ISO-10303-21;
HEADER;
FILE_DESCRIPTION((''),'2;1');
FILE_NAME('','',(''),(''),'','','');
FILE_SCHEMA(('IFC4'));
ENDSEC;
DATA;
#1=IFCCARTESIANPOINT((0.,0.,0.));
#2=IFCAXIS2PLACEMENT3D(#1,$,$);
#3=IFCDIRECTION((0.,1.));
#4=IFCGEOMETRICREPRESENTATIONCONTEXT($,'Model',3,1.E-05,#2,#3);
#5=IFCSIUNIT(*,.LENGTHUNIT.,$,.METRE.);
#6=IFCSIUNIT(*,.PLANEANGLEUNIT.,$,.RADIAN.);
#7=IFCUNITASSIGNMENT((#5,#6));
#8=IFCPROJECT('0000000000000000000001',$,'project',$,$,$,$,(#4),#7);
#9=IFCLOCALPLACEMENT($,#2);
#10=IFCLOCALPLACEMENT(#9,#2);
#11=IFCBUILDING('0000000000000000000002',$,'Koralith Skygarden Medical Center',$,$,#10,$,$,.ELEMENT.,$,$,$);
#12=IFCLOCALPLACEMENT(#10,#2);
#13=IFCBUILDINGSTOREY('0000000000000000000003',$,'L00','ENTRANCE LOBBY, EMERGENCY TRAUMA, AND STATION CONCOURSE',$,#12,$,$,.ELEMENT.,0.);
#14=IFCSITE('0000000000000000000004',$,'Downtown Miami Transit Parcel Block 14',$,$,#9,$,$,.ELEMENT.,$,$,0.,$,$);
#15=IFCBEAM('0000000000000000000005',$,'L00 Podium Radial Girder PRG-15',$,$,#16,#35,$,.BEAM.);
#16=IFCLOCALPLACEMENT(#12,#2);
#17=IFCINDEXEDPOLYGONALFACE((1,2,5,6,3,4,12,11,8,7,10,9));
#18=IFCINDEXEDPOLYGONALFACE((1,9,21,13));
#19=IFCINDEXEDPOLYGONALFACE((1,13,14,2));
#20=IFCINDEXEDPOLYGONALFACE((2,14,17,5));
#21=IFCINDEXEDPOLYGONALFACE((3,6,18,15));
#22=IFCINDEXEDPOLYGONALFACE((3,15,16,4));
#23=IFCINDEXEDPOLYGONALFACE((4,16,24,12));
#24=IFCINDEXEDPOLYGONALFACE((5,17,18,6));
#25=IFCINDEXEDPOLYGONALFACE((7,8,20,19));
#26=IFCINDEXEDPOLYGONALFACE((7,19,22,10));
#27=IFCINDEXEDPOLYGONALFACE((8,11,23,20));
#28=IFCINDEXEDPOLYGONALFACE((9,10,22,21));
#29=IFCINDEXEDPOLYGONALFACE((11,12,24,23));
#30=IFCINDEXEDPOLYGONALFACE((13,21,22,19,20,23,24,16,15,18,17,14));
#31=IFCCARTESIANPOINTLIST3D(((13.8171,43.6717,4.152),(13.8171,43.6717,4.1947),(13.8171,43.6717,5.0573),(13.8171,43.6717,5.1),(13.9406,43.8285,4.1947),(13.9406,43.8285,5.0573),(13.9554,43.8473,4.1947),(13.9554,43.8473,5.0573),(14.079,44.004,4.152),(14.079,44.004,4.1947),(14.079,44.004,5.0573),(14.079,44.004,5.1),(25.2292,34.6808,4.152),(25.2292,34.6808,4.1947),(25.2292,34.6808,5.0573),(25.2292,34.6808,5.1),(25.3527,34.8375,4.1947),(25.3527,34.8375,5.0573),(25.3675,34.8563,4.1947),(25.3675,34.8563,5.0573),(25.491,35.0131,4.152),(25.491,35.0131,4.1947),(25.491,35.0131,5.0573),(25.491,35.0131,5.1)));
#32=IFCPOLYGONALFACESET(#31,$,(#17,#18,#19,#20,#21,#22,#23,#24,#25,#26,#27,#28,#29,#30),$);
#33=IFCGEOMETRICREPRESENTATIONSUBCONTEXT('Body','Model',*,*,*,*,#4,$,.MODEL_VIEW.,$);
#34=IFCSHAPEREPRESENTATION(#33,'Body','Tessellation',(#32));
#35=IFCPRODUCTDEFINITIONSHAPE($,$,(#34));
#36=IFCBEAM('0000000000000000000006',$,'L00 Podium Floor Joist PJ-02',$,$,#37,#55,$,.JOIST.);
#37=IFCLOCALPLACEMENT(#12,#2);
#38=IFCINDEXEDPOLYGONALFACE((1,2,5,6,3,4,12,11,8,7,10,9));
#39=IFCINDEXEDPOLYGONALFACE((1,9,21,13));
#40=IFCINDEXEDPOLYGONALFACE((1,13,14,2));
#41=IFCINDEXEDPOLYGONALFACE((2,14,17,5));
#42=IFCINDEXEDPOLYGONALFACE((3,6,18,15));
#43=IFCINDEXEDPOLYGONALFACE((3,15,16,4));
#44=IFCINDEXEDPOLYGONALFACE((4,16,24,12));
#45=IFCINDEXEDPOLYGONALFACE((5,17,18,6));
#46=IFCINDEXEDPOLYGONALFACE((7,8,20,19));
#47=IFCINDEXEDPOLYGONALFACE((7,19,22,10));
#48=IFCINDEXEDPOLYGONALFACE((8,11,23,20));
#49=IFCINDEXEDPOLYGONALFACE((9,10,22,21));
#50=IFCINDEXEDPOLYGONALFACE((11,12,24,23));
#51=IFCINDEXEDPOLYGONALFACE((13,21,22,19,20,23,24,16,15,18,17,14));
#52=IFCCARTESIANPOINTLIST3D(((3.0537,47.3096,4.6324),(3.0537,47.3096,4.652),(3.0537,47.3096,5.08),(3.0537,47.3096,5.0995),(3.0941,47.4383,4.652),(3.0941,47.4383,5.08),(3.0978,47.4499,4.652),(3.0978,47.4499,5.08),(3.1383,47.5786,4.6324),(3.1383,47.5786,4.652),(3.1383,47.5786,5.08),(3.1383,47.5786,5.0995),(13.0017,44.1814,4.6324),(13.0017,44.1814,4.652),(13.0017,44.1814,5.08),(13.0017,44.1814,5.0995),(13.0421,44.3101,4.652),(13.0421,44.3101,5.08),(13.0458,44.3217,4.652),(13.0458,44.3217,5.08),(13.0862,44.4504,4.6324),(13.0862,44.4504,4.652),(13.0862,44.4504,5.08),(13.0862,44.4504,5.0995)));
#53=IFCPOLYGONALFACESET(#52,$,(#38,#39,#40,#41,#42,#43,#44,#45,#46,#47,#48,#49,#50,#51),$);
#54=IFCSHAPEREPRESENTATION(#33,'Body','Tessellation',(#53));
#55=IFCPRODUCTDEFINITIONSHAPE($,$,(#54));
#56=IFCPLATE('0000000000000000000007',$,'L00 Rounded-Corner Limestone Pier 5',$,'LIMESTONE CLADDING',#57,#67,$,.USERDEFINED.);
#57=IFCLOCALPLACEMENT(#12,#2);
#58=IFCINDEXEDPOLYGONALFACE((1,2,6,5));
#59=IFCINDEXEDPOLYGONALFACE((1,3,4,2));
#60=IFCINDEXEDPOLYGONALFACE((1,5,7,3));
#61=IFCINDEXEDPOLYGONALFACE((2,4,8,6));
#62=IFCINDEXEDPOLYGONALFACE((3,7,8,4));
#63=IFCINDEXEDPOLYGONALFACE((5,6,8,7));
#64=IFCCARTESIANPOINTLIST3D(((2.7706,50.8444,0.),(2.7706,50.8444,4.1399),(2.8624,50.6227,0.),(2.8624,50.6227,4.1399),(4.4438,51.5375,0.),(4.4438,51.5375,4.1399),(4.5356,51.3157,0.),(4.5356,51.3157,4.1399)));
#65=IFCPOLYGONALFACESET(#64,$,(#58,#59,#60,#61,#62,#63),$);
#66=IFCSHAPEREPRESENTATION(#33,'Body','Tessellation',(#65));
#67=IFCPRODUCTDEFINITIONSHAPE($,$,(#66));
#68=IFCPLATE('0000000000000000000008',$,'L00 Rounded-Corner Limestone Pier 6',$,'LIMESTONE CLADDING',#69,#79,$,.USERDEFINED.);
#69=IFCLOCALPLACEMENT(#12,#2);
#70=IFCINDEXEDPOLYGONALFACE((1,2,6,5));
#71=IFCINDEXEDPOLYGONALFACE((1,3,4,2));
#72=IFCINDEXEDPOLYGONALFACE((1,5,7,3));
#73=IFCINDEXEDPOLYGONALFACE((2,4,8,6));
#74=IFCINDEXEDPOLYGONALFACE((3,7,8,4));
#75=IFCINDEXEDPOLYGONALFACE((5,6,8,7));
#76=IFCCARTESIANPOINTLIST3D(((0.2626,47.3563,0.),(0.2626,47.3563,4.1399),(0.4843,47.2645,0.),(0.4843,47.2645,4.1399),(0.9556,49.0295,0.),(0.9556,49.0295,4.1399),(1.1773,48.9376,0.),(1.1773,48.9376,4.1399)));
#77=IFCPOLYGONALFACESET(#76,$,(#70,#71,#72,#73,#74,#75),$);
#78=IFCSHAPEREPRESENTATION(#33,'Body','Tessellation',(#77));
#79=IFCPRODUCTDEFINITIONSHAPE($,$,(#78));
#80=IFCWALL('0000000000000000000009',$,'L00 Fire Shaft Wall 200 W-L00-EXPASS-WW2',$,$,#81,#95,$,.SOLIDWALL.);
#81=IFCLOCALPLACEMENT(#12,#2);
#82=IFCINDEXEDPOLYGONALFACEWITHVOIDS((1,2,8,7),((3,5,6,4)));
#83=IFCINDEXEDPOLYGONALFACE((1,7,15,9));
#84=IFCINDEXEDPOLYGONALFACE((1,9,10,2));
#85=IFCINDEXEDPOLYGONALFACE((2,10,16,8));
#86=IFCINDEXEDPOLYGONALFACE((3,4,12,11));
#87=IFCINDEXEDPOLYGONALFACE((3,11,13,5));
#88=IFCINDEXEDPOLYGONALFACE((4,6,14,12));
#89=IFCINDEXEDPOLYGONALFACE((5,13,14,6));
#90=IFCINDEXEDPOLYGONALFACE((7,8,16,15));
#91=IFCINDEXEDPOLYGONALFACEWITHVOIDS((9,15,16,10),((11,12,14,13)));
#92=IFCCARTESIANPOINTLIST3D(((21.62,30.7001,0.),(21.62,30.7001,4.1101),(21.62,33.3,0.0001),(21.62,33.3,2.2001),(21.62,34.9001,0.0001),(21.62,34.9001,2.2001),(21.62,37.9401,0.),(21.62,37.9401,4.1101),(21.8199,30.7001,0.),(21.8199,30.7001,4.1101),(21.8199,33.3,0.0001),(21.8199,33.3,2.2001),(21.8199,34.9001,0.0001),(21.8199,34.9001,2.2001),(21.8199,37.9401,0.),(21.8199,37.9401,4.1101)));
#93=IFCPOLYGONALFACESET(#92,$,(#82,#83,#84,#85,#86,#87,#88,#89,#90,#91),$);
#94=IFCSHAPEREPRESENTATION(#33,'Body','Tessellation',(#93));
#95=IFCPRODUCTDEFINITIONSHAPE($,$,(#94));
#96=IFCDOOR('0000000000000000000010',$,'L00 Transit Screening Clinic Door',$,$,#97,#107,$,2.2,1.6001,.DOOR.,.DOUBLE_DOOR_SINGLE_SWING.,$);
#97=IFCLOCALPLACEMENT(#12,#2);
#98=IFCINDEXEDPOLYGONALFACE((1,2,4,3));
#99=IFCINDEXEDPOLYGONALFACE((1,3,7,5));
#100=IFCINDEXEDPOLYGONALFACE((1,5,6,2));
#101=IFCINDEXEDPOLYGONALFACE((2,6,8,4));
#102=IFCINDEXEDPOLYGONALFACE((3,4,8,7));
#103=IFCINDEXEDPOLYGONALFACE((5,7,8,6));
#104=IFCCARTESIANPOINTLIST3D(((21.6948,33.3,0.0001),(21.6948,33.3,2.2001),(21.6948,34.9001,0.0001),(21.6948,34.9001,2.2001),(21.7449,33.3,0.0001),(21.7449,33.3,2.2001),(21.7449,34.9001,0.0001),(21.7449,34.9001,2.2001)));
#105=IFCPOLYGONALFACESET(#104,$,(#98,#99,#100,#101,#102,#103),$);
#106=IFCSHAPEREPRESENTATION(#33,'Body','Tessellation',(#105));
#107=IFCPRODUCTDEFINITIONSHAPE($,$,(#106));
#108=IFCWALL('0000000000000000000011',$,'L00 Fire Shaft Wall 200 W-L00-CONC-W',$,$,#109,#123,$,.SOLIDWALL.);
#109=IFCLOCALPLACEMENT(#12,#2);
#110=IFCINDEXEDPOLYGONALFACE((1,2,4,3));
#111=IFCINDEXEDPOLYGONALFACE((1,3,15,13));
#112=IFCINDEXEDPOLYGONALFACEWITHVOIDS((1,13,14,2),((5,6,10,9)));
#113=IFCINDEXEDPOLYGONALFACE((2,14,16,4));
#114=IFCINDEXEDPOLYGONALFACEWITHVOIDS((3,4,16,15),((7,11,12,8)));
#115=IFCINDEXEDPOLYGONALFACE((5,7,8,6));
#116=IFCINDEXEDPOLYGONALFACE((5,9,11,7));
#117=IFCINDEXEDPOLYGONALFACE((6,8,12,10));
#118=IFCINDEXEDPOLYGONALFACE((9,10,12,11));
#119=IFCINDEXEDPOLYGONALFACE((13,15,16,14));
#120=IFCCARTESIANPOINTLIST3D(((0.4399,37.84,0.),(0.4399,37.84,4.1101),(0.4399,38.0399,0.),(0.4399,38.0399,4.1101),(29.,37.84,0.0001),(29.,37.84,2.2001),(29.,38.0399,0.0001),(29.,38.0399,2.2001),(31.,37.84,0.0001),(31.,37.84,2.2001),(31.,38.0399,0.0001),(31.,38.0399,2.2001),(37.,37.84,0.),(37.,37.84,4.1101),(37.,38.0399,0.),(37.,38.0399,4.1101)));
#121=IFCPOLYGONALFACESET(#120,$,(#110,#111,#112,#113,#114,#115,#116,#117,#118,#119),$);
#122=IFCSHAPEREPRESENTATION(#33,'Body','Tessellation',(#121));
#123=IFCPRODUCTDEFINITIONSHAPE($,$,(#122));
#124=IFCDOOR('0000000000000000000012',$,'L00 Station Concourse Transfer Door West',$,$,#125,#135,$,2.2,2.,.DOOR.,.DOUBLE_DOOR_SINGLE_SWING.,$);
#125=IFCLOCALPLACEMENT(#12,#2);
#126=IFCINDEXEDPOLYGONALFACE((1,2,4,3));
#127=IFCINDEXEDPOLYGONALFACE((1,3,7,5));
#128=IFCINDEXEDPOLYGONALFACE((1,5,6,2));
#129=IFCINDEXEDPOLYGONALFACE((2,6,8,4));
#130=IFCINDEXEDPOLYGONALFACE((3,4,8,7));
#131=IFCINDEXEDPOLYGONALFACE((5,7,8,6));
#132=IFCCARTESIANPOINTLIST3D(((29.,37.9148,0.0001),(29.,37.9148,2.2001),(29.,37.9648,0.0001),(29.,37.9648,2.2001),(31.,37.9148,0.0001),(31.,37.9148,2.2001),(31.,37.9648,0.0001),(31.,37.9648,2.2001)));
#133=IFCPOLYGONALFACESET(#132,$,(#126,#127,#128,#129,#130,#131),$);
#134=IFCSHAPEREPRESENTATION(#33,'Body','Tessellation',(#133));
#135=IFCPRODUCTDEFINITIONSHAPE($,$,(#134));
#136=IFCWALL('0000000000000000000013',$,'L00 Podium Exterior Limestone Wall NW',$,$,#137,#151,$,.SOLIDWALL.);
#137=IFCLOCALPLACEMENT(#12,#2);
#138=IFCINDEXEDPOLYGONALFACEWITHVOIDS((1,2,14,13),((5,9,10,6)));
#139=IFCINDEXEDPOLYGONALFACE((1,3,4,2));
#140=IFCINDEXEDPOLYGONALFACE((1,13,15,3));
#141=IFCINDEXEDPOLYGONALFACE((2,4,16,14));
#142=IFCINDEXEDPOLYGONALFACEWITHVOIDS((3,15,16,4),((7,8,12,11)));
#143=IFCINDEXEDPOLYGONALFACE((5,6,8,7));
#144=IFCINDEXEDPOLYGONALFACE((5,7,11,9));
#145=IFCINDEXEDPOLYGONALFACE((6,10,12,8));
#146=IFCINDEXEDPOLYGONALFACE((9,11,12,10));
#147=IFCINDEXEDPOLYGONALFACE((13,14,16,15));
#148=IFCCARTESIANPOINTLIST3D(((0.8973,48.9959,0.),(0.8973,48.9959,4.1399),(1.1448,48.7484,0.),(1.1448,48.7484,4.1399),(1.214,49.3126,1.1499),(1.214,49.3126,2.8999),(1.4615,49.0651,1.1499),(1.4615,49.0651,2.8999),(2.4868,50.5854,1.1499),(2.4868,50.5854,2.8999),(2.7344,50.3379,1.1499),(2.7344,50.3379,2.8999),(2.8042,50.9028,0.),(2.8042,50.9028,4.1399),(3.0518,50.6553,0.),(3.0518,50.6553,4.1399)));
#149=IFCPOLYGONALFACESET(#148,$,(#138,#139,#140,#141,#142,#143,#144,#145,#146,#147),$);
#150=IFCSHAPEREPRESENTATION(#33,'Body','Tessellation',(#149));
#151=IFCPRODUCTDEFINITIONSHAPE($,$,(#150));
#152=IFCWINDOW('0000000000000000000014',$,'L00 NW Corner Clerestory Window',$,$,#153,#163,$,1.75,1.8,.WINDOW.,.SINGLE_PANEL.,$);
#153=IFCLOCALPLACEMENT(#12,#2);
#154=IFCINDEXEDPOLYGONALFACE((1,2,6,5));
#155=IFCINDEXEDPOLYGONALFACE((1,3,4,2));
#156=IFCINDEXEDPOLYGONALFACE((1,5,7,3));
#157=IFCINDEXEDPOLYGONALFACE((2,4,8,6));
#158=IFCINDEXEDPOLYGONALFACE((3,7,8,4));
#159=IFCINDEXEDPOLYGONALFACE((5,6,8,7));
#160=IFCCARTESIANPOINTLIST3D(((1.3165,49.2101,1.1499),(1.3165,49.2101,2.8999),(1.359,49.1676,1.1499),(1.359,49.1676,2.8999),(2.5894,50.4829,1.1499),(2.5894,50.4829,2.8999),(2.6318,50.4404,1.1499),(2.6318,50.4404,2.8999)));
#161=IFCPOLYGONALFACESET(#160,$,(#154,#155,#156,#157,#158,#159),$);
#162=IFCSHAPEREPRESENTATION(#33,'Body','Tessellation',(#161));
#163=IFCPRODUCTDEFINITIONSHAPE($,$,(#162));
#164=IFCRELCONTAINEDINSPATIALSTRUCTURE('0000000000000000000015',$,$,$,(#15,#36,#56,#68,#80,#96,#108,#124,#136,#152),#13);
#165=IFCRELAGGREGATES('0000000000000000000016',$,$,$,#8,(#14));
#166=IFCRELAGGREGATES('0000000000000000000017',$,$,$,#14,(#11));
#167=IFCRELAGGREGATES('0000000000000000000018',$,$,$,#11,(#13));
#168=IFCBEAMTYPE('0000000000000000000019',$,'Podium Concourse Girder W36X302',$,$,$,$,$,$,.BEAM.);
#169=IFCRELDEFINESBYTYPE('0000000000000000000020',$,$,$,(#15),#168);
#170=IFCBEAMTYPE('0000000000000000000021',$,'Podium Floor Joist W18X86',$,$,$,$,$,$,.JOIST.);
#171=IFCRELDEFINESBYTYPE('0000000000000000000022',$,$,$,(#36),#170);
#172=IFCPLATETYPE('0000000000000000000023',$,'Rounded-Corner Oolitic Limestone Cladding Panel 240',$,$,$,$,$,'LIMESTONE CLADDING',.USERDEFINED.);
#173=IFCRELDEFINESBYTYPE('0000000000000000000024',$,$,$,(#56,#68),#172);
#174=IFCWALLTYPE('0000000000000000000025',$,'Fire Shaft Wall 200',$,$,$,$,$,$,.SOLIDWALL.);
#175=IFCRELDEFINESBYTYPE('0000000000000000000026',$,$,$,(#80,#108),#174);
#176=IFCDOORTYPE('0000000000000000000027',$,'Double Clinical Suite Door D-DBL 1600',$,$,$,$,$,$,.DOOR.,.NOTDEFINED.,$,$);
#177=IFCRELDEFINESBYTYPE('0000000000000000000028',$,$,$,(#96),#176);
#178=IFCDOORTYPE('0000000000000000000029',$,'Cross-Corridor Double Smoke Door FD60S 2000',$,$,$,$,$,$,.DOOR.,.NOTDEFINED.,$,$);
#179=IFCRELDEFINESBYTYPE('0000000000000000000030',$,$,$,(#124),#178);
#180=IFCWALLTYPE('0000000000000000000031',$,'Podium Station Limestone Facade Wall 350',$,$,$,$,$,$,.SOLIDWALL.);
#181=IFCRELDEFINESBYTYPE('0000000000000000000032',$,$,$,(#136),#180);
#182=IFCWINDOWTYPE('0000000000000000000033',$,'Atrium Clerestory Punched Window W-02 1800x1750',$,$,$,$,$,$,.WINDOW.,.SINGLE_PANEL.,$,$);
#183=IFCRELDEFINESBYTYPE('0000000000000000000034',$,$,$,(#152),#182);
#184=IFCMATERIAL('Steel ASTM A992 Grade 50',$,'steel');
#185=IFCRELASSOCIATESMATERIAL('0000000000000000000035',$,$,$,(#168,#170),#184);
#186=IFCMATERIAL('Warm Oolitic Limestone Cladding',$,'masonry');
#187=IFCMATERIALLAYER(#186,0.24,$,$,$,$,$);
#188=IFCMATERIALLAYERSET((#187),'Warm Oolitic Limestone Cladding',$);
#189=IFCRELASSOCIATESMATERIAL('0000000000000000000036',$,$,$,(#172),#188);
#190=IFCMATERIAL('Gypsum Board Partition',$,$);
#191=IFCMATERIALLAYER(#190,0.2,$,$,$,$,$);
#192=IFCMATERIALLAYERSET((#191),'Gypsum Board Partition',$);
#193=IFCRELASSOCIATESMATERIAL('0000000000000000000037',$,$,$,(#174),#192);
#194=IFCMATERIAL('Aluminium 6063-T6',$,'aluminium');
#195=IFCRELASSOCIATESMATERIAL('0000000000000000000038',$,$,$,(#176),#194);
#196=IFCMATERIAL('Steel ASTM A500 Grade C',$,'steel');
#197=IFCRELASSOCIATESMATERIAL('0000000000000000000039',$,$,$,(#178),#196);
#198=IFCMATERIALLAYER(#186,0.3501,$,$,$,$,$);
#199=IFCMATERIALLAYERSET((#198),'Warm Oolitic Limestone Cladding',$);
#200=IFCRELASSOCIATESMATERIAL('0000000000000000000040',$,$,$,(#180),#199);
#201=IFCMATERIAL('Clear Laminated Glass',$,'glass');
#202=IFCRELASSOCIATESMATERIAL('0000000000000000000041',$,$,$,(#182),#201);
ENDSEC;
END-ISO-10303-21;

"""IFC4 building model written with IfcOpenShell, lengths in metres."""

from ifc_helpers import new_model, si_unit, direction, frame, frame_2d, origin, origin_2d, place, context, subcontext, project, spatial, rectangle, i_section, extrude, material, layer, layer_set, material_profile, profile_set, type_object, element, fill, save


model = new_model("IFC4")

# Units and contexts
model_context = context("Model", 3, precision=1e-05, world=origin(), true_north=direction((0.0, 1.0)))
body_context = subcontext(model_context, "Body", "Model", "MODEL_VIEW")
ifc_project = project(units=[si_unit("LENGTHUNIT", "METRE"), si_unit("PLANEANGLEUNIT", "RADIAN")], contexts=[model_context])

# Site, building, storey
site_placement = place(None, origin())
site = spatial("IfcSite", under=ifc_project, at=site_placement, Name="Downtown Miami Transit Parcel Block 14", CompositionType="ELEMENT", RefElevation=0.0)
building_placement = place(site_placement, origin())
building = spatial("IfcBuilding", under=site, at=building_placement, Name="Koralith Skygarden Medical Center", CompositionType="ELEMENT")
storey_placement = place(building_placement, origin())
storey = spatial("IfcBuildingStorey", under=building, at=storey_placement, Name="L00", Description="ENTRANCE LOBBY, EMERGENCY TRAUMA, AND STATION CONCOURSE", CompositionType="ELEMENT", Elevation=0.0)

# Beams
ifc_material_1 = material(Name="Steel ASTM A992 Grade 50", Category="steel")
ifc_material_profile_1 = material_profile(ifc_material_1, i_section(OverallWidth=0.4231, OverallDepth=0.948, WebThickness=0.0239, FlangeThickness=0.0427, at=origin_2d()), Name="W36X302")
ifc_profile_set_1 = profile_set([ifc_material_profile_1], Name="Steel ASTM A992 Grade 50")
beam_type_1 = type_object("IfcBeamType", Name="Podium Concourse Girder W36X302", PredefinedType="BEAM", material=ifc_profile_set_1)
beam_1_placement = place(storey_placement, frame((25.3601, 34.8469, 4.626), z_axis=(-0.785505, 0.618856, 0.0), x_axis=(-0.618856, -0.785505, 0.0)))
element("IfcBeam", 1, at=beam_1_placement, inside=storey, type_object=beam_type_1, Name="L00 Podium Radial Girder PRG-15", PredefinedType="BEAM", context=body_context, shape_type="SweptSolid", body=[
    extrude(i_section(OverallWidth=0.4231, OverallDepth=0.948, WebThickness=0.0239, FlangeThickness=0.0427, at=origin_2d()), origin(), (0.0, 0.0, 1.0), 14.5283),
])
ifc_material_profile_2 = material_profile(ifc_material_1, i_section(OverallWidth=0.282, OverallDepth=0.467, WebThickness=0.0122, FlangeThickness=0.0195, at=origin_2d()), Name="W18X86")
ifc_profile_set_2 = profile_set([ifc_material_profile_2], Name="Steel ASTM A992 Grade 50")
beam_type_2 = type_object("IfcBeamType", Name="Podium Floor Joist W18X86", PredefinedType="JOIST", material=ifc_profile_set_2)
beam_2_placement = place(storey_placement, frame((13.0439, 44.3159, 4.866), z_axis=(-0.953948, 0.299971, 0.0), x_axis=(-0.299971, -0.953948, 0.0)))
element("IfcBeam", 2, at=beam_2_placement, inside=storey, type_object=beam_type_2, Name="L00 Podium Floor Joist PJ-02", PredefinedType="JOIST", context=body_context, shape_type="SweptSolid", body=[
    extrude(i_section(OverallWidth=0.282, OverallDepth=0.467, WebThickness=0.0122, FlangeThickness=0.0195, at=origin_2d()), origin(), (0.0, 0.0, 1.0), 10.4282),
])

# Plates
ifc_material_2 = material(Name="Warm Oolitic Limestone Cladding", Category="masonry")
ifc_layer_1 = layer(ifc_material_2, 0.24)
ifc_layer_set_1 = layer_set([ifc_layer_1], Name="Warm Oolitic Limestone Cladding")
plate_type = type_object("IfcPlateType", Name="Rounded-Corner Oolitic Limestone Cladding Panel 240", ElementType="LIMESTONE CLADDING", PredefinedType="USERDEFINED", material=ifc_layer_set_1)
for number, where, z_axis, x_axis, name in (
    (3, (3.6531, 51.0801, 0.0), (0.0, 0.0, 1.0), (-0.923885, -0.382671, 0.0), "L00 Rounded-Corner Limestone Pier 5"),
    (4, (0.72, 48.147, 0.0), (0.0, 0.0, 1.0), (-0.382671, -0.923885, 0.0), "L00 Rounded-Corner Limestone Pier 6"),
):
    element("IfcPlate", number, at=place(storey_placement, frame(where, z_axis=z_axis, x_axis=x_axis)), inside=storey, type_object=plate_type, Name=name, ObjectType="LIMESTONE CLADDING", PredefinedType="USERDEFINED", context=body_context, shape_type="SweptSolid", body=[
        extrude(rectangle(XDim=1.811, YDim=0.24, at=origin_2d()), origin(), (0.0, 0.0, 1.0), 4.1399),
    ])

# Walls, openings, doors
ifc_material_3 = material(Name="Gypsum Board Partition")
ifc_layer_2 = layer(ifc_material_3, 0.2)
ifc_layer_set_2 = layer_set([ifc_layer_2], Name="Gypsum Board Partition")
wall_type_1 = type_object("IfcWallType", Name="Fire Shaft Wall 200", PredefinedType="SOLIDWALL", material=ifc_layer_set_2)
wall_1_placement = place(storey_placement, frame((21.72, 30.7, 0.0), z_axis=(0.0, 0.0, 1.0), x_axis=(0.0, 1.0, 0.0)))
wall_1 = element("IfcWall", 5, at=wall_1_placement, inside=storey, type_object=wall_type_1, Name="L00 Fire Shaft Wall 200 W-L00-EXPASS-WW2", PredefinedType="SOLIDWALL", context=body_context, shape_type="SweptSolid", body=[
    extrude(rectangle(XDim=7.24, YDim=0.2, at=frame_2d((3.6201, 0.0))), origin(), (0.0, 0.0, 1.0), 4.1101),
])
opening_1_placement = place(wall_1_placement, frame((2.6001, 0.0, 0.0)))
opening_1 = element("IfcOpeningElement", 6, at=opening_1_placement, cuts=wall_1, PredefinedType="OPENING", context=body_context, shape_type="SweptSolid", body=[
    extrude(rectangle(XDim=1.6001, YDim=2.2, at=frame_2d((0.8, 1.1001))), frame((0.0, 0.1099, 0.0), z_axis=(0.0, -1.0, 0.0), x_axis=(1.0, 0.0, 0.0)), (0.0, 0.0, 1.0), 0.22),
])
ifc_material_4 = material(Name="Aluminium 6063-T6", Category="aluminium")
door_type_1 = type_object("IfcDoorType", Name="Double Clinical Suite Door D-DBL 1600", OperationType="NOTDEFINED", PredefinedType="DOOR", material=ifc_material_4)
door_1_placement = place(opening_1_placement, frame((1.6001, 0.0, 0.0), z_axis=(0.0, 0.0, 1.0), x_axis=(-1.0, 0.0, 0.0)))
door_1 = element("IfcDoor", 7, at=door_1_placement, inside=storey, type_object=door_type_1, Name="L00 Transit Screening Clinic Door", OperationType="DOUBLE_DOOR_SINGLE_SWING", OverallHeight=2.2, OverallWidth=1.6001, PredefinedType="DOOR", context=body_context, shape_type="SweptSolid", body=[
    extrude(rectangle(XDim=1.6001, YDim=2.2, at=frame_2d((0.8, 1.1001))), frame((0.0, 0.0249, 0.0), z_axis=(0.0, -1.0, 0.0), x_axis=(1.0, 0.0, 0.0)), (0.0, 0.0, 1.0), 0.05),
])
fill(opening_1, door_1)
wall_2_placement = place(storey_placement, frame((0.4399, 37.9399, 0.0), z_axis=(0.0, 0.0, 1.0), x_axis=(1.0, 0.0, 0.0)))
wall_2 = element("IfcWall", 8, at=wall_2_placement, inside=storey, type_object=wall_type_1, Name="L00 Fire Shaft Wall 200 W-L00-CONC-W", PredefinedType="SOLIDWALL", context=body_context, shape_type="SweptSolid", body=[
    extrude(rectangle(XDim=36.5601, YDim=0.2, at=frame_2d((18.28, 0.0))), origin(), (0.0, 0.0, 1.0), 4.1101),
])
opening_2_placement = place(wall_2_placement, frame((28.5601, 0.0, 0.0)))
opening_2 = element("IfcOpeningElement", 9, at=opening_2_placement, cuts=wall_2, PredefinedType="OPENING", context=body_context, shape_type="SweptSolid", body=[
    extrude(rectangle(XDim=2.0, YDim=2.2, at=frame_2d((1.0, 1.1001))), frame((0.0, 0.1099, 0.0), z_axis=(0.0, -1.0, 0.0), x_axis=(1.0, 0.0, 0.0)), (0.0, 0.0, 1.0), 0.22),
])
ifc_material_5 = material(Name="Steel ASTM A500 Grade C", Category="steel")
door_type_2 = type_object("IfcDoorType", Name="Cross-Corridor Double Smoke Door FD60S 2000", OperationType="NOTDEFINED", PredefinedType="DOOR", material=ifc_material_5)
door_2_placement = place(opening_2_placement, origin())
door_2 = element("IfcDoor", 10, at=door_2_placement, inside=storey, type_object=door_type_2, Name="L00 Station Concourse Transfer Door West", OperationType="DOUBLE_DOOR_SINGLE_SWING", OverallHeight=2.2, OverallWidth=2.0, PredefinedType="DOOR", context=body_context, shape_type="SweptSolid", body=[
    extrude(rectangle(XDim=2.0, YDim=2.2, at=frame_2d((1.0, 1.1001))), frame((0.0, 0.0249, 0.0), z_axis=(0.0, -1.0, 0.0), x_axis=(1.0, 0.0, 0.0)), (0.0, 0.0, 1.0), 0.05),
])
fill(opening_2, door_2)

# Wall, opening, window
ifc_layer_3 = layer(ifc_material_2, 0.3501)
ifc_layer_set_3 = layer_set([ifc_layer_3], Name="Warm Oolitic Limestone Cladding")
wall_type_2 = type_object("IfcWallType", Name="Podium Station Limestone Facade Wall 350", PredefinedType="SOLIDWALL", material=ifc_layer_set_3)
wall_3_placement = place(storey_placement, frame((2.928, 50.7791, 0.0), z_axis=(0.0, 0.0, 1.0), x_axis=(-0.707107, -0.707107, 0.0)))
wall_3 = element("IfcWall", 11, at=wall_3_placement, inside=storey, type_object=wall_type_2, Name="L00 Podium Exterior Limestone Wall NW", PredefinedType="SOLIDWALL", context=body_context, shape_type="SweptSolid", body=[
    extrude(rectangle(XDim=2.6968, YDim=0.3501, at=frame_2d((1.3484, 0.0))), origin(), (0.0, 0.0, 1.0), 4.1399),
])
opening_3_placement = place(wall_3_placement, frame((0.449, 0.0, 1.1499)))
opening_3 = element("IfcOpeningElement", 12, at=opening_3_placement, cuts=wall_3, PredefinedType="OPENING", context=body_context, shape_type="SweptSolid", body=[
    extrude(rectangle(XDim=1.8, YDim=1.75, at=frame_2d((0.8999, 0.875))), frame((0.0, 0.1851, 0.0), z_axis=(0.0, -1.0, 0.0), x_axis=(1.0, 0.0, 0.0)), (0.0, 0.0, 1.0), 0.3701),
])
ifc_material_6 = material(Name="Clear Laminated Glass", Category="glass")
window_type_1 = type_object("IfcWindowType", Name="Atrium Clerestory Punched Window W-02 1800x1750", PartitioningType="SINGLE_PANEL", PredefinedType="WINDOW", material=ifc_material_6)
window_1_placement = place(opening_3_placement, origin())
window_1 = element("IfcWindow", 13, at=window_1_placement, inside=storey, type_object=window_type_1, Name="L00 NW Corner Clerestory Window", OverallHeight=1.75, OverallWidth=1.8, PartitioningType="SINGLE_PANEL", PredefinedType="WINDOW", context=body_context, shape_type="SweptSolid", body=[
    extrude(rectangle(XDim=1.8, YDim=1.75, at=frame_2d((0.8999, 0.875))), frame((0.0, 0.03, 0.0), z_axis=(0.0, -1.0, 0.0), x_axis=(1.0, 0.0, 0.0)), (0.0, 0.0, 1.0), 0.0601),
])
fill(opening_3, window_1)

save(model, "model.ifc")
